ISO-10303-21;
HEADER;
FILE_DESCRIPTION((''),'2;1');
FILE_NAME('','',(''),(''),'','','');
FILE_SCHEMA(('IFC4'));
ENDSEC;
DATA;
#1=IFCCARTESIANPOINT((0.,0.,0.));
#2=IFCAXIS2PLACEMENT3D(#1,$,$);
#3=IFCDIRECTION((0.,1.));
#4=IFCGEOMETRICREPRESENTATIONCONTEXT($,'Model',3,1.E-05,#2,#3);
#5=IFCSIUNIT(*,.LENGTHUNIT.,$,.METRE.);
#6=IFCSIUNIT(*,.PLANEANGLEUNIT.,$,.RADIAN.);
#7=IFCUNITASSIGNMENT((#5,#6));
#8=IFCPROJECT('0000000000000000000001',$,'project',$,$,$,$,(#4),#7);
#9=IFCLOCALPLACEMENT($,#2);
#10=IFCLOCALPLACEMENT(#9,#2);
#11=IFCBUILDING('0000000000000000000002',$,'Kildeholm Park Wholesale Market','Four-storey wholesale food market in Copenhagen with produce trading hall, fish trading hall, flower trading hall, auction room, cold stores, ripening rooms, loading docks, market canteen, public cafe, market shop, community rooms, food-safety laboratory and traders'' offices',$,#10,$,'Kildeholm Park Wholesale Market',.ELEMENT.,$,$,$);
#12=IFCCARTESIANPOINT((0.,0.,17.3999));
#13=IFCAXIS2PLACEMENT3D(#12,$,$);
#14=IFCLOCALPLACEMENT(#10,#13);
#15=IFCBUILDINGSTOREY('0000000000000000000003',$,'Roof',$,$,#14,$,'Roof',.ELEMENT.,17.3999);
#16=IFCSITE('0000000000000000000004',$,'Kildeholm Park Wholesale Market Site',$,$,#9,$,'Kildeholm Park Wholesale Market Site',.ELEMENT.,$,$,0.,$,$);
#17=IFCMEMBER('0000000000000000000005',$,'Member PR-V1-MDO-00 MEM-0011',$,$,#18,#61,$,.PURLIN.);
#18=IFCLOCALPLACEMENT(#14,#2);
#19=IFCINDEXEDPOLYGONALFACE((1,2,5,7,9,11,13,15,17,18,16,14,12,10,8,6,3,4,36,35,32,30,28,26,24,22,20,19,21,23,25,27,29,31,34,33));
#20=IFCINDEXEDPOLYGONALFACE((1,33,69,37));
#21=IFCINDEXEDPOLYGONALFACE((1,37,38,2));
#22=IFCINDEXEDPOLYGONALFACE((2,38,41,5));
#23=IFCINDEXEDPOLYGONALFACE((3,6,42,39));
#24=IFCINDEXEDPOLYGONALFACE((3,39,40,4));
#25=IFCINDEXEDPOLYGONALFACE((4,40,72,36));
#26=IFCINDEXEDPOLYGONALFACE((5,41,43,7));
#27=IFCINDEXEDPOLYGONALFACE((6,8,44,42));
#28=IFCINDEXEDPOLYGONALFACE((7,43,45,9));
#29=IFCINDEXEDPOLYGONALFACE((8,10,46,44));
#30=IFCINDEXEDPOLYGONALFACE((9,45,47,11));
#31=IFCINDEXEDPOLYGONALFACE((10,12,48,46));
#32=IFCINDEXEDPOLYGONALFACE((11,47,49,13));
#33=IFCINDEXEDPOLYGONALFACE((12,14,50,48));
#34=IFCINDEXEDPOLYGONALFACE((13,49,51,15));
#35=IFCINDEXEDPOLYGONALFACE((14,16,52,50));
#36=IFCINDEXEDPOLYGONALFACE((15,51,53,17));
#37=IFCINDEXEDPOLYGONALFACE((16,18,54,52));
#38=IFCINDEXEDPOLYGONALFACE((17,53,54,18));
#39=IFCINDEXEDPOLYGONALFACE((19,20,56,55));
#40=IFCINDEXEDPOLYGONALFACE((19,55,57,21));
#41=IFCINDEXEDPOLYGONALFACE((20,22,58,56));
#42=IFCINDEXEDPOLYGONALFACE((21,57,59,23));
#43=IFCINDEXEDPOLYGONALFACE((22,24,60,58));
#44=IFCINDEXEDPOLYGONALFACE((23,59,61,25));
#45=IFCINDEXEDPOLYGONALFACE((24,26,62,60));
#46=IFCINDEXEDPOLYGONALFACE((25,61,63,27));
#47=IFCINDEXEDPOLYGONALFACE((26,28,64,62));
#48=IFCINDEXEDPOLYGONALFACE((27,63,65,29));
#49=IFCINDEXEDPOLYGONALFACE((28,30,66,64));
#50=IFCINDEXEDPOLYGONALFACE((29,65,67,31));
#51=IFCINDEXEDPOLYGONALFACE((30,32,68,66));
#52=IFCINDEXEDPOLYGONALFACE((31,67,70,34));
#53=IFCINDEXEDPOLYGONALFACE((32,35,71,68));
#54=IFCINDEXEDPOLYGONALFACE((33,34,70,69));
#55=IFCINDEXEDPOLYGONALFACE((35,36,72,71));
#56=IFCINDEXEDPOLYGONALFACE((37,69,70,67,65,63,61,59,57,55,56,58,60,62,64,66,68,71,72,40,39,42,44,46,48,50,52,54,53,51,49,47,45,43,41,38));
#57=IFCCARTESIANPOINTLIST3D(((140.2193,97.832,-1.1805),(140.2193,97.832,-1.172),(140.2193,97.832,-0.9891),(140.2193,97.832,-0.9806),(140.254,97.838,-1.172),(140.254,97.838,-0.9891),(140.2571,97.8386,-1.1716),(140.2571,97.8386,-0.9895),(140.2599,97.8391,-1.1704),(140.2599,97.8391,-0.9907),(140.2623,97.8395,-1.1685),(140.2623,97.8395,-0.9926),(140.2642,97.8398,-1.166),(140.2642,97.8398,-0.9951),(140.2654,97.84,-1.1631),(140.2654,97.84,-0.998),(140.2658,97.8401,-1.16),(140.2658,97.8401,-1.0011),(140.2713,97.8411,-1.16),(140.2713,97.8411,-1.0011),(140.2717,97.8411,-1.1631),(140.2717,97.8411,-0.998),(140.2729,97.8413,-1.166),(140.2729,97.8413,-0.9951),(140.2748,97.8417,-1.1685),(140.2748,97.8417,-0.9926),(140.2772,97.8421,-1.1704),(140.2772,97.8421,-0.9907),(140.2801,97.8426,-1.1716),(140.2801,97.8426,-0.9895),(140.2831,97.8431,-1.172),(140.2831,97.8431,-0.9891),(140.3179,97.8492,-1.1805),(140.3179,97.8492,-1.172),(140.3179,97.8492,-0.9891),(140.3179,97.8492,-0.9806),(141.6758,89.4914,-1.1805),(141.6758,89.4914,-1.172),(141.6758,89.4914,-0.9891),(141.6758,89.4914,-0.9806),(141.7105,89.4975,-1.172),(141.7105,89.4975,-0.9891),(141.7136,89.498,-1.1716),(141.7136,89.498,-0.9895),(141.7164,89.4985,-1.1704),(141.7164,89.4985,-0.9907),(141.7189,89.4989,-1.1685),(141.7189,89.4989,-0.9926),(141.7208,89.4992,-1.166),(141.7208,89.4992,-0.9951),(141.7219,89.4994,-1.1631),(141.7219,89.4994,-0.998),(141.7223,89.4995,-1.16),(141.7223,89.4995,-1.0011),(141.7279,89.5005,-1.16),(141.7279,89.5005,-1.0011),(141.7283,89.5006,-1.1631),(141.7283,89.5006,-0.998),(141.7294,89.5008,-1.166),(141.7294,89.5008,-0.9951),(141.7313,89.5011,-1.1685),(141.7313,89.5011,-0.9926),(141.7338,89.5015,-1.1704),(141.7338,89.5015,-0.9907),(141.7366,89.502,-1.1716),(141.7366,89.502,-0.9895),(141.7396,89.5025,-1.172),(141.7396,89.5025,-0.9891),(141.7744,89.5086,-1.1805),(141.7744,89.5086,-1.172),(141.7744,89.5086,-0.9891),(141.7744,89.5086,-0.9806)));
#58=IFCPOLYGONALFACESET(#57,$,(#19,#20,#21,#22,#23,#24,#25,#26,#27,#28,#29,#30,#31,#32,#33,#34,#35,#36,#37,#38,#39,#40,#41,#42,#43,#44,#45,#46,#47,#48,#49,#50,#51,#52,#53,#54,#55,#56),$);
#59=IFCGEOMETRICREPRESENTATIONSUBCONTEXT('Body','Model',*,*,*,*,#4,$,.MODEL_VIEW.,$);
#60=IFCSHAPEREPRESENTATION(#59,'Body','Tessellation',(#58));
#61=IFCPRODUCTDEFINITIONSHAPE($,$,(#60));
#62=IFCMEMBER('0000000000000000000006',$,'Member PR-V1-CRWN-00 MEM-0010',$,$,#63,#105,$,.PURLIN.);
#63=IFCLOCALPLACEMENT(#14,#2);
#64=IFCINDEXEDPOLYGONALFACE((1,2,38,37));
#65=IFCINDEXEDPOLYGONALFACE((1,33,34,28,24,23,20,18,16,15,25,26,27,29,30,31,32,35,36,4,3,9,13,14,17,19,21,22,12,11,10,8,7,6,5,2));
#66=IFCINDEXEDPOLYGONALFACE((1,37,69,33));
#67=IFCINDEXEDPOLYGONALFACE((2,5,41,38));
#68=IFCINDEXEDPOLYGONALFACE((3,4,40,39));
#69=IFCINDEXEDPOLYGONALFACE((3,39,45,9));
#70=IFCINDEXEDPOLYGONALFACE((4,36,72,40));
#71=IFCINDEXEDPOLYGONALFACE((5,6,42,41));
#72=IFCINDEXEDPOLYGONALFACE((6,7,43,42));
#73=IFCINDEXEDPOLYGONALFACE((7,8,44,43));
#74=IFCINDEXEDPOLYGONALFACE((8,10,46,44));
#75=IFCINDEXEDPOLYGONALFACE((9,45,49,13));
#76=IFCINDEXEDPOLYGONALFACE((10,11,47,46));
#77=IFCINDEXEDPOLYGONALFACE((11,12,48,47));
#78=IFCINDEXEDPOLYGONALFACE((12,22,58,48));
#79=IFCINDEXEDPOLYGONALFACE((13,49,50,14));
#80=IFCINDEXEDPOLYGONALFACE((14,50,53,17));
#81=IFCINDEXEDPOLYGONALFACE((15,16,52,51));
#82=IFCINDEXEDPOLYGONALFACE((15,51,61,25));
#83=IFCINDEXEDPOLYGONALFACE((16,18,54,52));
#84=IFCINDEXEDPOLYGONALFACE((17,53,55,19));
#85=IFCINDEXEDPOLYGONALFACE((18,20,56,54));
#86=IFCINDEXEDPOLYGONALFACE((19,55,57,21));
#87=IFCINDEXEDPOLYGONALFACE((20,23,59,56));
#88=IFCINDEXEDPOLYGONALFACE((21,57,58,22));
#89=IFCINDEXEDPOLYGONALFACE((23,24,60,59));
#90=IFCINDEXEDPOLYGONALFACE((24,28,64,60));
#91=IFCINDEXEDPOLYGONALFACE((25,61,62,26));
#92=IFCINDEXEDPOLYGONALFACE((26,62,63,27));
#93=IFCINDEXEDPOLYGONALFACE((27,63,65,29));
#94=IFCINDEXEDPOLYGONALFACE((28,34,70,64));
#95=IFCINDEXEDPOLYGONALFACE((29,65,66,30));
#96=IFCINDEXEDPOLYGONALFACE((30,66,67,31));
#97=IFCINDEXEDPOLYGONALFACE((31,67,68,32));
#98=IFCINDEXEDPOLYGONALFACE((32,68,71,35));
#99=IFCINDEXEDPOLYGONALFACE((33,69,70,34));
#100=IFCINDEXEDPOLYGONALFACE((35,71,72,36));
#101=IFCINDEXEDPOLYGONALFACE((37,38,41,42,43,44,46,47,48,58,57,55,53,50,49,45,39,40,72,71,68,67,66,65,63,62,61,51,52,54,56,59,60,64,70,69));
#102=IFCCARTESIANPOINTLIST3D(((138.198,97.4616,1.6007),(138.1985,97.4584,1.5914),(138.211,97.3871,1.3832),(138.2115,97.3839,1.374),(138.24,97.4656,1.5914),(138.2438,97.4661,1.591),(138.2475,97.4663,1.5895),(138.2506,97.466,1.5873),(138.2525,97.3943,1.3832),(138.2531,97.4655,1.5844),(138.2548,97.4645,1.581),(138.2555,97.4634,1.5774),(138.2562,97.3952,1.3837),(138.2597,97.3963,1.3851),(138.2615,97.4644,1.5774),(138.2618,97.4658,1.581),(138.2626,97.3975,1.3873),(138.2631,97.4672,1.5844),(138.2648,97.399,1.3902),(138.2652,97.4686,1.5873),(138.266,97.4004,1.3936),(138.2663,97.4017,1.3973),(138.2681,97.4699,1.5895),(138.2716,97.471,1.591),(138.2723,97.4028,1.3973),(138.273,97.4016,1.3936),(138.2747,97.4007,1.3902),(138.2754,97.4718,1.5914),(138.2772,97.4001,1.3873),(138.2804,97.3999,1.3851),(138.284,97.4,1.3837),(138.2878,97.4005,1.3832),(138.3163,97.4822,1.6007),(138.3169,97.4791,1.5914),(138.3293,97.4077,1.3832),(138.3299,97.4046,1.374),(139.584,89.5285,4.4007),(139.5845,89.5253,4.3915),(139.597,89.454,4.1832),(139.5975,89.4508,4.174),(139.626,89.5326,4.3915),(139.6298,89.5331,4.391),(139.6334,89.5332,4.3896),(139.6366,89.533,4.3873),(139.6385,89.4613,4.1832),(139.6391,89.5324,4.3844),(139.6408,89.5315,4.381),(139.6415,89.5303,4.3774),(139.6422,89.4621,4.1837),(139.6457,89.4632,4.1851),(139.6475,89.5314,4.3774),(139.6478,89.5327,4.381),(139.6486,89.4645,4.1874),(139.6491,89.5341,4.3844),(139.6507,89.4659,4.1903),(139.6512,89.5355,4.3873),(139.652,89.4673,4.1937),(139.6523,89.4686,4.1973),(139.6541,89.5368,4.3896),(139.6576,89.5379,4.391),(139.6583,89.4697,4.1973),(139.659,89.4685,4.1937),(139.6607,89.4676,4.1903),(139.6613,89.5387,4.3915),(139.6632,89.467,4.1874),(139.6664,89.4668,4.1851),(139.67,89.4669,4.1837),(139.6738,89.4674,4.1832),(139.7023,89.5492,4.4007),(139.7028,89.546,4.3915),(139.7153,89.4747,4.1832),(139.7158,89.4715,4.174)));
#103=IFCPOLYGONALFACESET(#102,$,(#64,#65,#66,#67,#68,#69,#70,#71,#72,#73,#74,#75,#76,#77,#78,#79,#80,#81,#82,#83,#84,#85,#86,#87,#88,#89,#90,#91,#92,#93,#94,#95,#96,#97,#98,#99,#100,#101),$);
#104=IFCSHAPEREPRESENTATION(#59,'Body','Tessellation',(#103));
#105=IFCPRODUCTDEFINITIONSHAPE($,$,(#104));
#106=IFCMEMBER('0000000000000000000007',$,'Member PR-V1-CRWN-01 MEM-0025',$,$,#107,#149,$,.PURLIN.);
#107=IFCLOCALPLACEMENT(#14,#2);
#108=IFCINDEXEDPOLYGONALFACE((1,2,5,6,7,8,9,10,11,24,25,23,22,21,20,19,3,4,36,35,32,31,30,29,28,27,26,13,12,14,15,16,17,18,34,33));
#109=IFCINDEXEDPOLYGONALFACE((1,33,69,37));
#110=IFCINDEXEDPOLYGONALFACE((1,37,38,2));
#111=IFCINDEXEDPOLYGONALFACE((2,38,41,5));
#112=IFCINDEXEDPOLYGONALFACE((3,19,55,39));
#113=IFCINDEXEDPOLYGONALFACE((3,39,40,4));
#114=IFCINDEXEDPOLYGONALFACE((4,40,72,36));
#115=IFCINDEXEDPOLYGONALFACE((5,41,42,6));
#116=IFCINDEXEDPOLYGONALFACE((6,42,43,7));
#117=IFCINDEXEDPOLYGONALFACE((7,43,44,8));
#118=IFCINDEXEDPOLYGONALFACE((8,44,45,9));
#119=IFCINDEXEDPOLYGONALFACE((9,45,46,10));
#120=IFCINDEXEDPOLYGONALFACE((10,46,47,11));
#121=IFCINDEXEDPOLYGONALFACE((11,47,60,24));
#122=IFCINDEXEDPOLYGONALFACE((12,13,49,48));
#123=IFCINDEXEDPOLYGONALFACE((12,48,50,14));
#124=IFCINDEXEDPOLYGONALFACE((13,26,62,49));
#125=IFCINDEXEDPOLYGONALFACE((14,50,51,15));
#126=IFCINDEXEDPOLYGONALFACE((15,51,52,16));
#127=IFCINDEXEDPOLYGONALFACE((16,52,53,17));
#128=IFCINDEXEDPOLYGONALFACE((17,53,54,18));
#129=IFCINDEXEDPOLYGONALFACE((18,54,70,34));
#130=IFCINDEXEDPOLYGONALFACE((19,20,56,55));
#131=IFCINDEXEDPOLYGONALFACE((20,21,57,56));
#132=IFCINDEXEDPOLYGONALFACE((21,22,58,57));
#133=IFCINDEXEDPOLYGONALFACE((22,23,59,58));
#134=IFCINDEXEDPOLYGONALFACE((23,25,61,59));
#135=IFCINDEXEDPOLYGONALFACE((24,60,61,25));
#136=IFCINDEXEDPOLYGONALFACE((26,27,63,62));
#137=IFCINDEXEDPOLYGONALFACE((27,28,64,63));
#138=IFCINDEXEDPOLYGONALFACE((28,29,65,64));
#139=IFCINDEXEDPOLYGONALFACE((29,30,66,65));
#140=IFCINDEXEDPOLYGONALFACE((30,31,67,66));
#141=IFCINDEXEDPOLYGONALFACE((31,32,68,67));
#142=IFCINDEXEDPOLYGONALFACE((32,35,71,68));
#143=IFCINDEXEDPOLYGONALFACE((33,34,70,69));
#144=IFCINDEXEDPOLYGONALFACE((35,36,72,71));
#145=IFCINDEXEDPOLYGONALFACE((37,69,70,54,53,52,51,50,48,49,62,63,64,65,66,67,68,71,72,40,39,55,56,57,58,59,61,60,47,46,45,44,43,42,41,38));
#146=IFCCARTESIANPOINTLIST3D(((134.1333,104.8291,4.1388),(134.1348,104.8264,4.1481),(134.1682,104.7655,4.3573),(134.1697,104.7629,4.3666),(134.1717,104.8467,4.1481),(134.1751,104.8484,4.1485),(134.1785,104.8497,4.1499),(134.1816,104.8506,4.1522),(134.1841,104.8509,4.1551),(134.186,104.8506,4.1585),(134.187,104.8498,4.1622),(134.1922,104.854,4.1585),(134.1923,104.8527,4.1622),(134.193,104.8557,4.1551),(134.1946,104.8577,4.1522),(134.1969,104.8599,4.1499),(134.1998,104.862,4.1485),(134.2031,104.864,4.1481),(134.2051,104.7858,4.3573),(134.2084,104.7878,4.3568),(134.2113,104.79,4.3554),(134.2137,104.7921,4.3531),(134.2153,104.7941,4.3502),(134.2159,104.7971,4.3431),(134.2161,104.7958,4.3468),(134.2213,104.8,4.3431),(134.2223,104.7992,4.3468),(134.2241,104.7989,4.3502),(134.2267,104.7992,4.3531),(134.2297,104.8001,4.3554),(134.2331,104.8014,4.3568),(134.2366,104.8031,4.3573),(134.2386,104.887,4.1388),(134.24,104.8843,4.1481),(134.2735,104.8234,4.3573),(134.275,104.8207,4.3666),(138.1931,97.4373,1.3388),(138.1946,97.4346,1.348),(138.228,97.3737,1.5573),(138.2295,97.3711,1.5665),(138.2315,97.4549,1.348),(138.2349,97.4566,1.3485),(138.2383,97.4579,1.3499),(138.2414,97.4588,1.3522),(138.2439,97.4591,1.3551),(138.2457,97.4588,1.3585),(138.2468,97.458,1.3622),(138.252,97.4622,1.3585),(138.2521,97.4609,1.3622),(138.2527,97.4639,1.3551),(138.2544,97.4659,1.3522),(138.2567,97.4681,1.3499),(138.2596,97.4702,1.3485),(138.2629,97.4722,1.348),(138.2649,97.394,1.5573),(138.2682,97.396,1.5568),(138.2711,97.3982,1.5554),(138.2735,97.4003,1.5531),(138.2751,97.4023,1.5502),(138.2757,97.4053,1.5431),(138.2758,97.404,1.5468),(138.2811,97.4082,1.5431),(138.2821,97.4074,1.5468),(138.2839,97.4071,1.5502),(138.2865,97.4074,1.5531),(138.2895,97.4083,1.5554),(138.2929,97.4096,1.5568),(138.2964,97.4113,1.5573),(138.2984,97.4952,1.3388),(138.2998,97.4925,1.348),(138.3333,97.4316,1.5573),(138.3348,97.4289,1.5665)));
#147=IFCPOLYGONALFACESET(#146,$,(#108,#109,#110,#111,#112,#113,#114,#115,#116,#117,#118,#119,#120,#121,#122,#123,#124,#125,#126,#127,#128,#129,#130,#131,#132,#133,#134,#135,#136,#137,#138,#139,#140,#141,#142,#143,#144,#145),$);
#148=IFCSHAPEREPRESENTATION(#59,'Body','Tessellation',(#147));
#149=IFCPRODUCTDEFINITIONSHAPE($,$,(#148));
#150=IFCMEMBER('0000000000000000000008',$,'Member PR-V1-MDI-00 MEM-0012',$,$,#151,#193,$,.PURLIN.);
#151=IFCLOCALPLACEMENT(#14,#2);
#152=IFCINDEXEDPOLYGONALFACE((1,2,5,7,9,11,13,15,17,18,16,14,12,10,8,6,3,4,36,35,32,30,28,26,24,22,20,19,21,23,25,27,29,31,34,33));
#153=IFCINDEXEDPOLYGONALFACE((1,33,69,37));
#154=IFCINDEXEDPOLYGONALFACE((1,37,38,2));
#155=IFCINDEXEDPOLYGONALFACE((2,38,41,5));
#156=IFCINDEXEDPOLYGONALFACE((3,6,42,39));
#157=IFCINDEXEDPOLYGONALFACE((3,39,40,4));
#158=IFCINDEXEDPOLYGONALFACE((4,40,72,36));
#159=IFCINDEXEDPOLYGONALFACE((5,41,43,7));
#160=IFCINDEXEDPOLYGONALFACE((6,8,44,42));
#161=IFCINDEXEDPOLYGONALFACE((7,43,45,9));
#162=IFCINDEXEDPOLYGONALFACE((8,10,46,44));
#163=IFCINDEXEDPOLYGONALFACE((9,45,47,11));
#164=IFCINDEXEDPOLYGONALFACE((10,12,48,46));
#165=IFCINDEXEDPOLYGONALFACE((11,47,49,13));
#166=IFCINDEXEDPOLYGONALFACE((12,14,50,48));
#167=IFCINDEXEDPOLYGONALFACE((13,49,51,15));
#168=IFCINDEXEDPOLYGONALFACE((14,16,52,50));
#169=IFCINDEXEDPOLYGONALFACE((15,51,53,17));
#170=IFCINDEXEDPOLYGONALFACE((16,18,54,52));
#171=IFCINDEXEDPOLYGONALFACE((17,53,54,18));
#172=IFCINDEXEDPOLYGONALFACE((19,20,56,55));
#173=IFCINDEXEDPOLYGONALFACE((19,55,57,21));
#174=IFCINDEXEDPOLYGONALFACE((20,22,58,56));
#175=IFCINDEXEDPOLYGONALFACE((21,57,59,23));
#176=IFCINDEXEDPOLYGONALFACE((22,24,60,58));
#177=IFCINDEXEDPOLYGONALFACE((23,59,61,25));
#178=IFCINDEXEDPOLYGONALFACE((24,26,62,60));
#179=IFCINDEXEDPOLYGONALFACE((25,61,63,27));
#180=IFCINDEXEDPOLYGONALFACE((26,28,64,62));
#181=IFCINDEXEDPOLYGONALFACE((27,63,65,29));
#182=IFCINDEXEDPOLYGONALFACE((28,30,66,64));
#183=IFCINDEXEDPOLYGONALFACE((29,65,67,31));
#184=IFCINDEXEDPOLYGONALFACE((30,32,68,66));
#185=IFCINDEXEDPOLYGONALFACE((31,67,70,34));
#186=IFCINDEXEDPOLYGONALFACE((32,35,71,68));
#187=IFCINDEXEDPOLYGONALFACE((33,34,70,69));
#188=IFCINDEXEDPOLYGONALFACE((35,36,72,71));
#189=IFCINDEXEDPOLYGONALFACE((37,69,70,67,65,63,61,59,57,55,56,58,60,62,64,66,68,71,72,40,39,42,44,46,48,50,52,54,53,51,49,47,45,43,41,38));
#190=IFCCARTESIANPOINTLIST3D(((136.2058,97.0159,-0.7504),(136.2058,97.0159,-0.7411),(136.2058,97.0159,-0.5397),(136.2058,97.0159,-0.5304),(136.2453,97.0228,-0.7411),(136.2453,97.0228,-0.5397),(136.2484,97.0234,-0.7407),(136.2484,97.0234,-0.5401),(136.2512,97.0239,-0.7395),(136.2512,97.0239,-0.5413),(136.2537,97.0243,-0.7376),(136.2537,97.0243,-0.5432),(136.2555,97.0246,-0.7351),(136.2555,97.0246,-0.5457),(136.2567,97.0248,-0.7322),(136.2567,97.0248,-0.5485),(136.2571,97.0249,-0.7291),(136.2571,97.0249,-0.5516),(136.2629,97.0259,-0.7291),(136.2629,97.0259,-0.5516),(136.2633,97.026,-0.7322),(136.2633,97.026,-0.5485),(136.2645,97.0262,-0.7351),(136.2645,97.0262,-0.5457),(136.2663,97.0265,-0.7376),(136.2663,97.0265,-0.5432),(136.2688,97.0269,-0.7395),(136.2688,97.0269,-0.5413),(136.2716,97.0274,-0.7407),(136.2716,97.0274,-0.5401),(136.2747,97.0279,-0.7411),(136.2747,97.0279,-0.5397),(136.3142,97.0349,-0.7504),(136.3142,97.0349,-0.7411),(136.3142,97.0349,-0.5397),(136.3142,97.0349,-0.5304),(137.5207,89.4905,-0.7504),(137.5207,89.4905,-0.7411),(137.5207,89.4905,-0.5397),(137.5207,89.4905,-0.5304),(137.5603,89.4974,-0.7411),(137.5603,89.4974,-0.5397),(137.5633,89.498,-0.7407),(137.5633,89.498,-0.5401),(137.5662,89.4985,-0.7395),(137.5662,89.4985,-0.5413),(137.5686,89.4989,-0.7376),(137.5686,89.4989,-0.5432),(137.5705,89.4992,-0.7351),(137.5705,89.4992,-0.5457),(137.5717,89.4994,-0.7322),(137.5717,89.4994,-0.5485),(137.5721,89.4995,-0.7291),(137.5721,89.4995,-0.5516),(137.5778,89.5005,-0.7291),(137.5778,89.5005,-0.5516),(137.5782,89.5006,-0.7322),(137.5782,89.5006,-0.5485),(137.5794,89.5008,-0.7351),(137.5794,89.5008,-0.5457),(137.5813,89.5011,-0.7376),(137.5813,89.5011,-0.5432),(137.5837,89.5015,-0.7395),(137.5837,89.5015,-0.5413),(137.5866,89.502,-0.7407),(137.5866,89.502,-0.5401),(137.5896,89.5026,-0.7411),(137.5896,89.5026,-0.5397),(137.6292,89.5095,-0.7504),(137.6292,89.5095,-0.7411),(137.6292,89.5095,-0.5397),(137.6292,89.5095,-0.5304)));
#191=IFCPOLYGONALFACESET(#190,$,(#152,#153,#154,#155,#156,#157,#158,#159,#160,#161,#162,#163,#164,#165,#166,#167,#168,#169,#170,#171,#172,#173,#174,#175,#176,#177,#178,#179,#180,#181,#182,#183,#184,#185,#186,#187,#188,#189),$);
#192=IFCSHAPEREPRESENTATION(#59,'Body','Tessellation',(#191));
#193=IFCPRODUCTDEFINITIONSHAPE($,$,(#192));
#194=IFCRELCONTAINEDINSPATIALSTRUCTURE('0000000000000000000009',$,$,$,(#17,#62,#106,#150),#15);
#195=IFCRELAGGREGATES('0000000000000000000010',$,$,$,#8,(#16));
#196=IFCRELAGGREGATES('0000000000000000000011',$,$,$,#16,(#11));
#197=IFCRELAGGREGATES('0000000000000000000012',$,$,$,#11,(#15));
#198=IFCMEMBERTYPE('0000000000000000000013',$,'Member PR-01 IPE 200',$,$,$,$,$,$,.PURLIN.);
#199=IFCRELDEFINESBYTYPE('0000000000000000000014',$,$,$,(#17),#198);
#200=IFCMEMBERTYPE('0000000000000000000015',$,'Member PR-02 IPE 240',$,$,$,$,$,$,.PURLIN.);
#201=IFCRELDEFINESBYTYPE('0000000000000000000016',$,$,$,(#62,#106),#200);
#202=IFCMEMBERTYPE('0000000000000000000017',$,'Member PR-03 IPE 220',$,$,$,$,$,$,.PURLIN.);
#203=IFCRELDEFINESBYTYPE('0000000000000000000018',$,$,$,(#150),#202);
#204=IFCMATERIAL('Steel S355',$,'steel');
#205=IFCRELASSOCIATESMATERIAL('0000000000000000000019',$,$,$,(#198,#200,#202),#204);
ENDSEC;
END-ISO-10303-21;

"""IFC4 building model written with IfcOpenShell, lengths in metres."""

from ifc_helpers import new_model, si_unit, direction, frame, origin, origin_2d, place, context, subcontext, project, spatial, i_section, extrude, material, material_profile, profile_set, type_object, element, save


model = new_model("IFC4")

# Units and contexts
model_context = context("Model", 3, precision=1e-05, world=origin(), true_north=direction((0.0, 1.0)))
body_context = subcontext(model_context, "Body", "Model", "MODEL_VIEW")
ifc_project = project(units=[si_unit("LENGTHUNIT", "METRE"), si_unit("PLANEANGLEUNIT", "RADIAN")], contexts=[model_context])

# Site, building, storey
site_placement = place(None, origin())
site = spatial("IfcSite", under=ifc_project, at=site_placement, Name="Kildeholm Park Wholesale Market Site", LongName="Kildeholm Park Wholesale Market Site", CompositionType="ELEMENT", RefElevation=0.0)
building_placement = place(site_placement, origin())
building = spatial("IfcBuilding", under=site, at=building_placement, Name="Kildeholm Park Wholesale Market", Description="Four-storey wholesale food market in Copenhagen with produce trading hall, fish trading hall, flower trading hall, auction room, cold stores, ripening rooms, loading docks, market canteen, public cafe, market shop, community rooms, food-safety laboratory and traders' offices", LongName="Kildeholm Park Wholesale Market", CompositionType="ELEMENT")
storey_placement = place(building_placement, frame((0.0, 0.0, 17.3999)))
storey = spatial("IfcBuildingStorey", under=building, at=storey_placement, Name="Roof", LongName="Roof", CompositionType="ELEMENT", Elevation=17.3999)

# Members
ifc_material_1 = material(Name="Steel S355", Category="steel")
ifc_material_profile_1 = material_profile(ifc_material_1, i_section(OverallWidth=0.1001, OverallDepth=0.2, WebThickness=0.0056, FlangeThickness=0.0085, FilletRadius=0.012, at=origin_2d()), Name="IPE 200")
ifc_profile_set_1 = profile_set([ifc_material_profile_1], Name="Steel S355")
member_type_1 = type_object("IfcMemberType", Name="Member PR-01 IPE 200", PredefinedType="PURLIN", material=ifc_profile_set_1)
member_1_placement = place(storey_placement, frame((141.7251, 89.5, -1.0806), z_axis=(-0.17203, 0.985092, 0.0), x_axis=(-0.985092, -0.17203, 0.0)))
element("IfcMember", 1, at=member_1_placement, inside=storey, type_object=member_type_1, Name="Member PR-V1-MDO-00 MEM-0011", PredefinedType="PURLIN", context=body_context, shape_type="SweptSolid", body=[
    extrude(i_section(OverallWidth=0.1001, OverallDepth=0.2, WebThickness=0.0056, FlangeThickness=0.0085, FilletRadius=0.012, at=origin_2d()), origin(), (0.0, 0.0, 1.0), 8.4668),
])
ifc_material_profile_2 = material_profile(ifc_material_1, i_section(OverallWidth=0.1201, OverallDepth=0.24, WebThickness=0.0061, FlangeThickness=0.0098, FilletRadius=0.0149, at=origin_2d()), Name="IPE 240")
ifc_profile_set_2 = profile_set([ifc_material_profile_2], Name="Steel S355")
member_type_2 = type_object("IfcMemberType", Name="Member PR-02 IPE 240", PredefinedType="PURLIN", material=ifc_profile_set_2)
member_2_placement = place(storey_placement, frame((139.6499, 89.5, 4.2874), z_axis=(-0.162557, 0.930443, -0.328407), x_axis=(-0.985079, -0.172102, 0.0)))
element("IfcMember", 2, at=member_2_placement, inside=storey, type_object=member_type_2, Name="Member PR-V1-CRWN-00 MEM-0010", PredefinedType="PURLIN", context=body_context, shape_type="SweptSolid", body=[
    extrude(i_section(OverallWidth=0.1201, OverallDepth=0.24, WebThickness=0.0061, FlangeThickness=0.0098, FilletRadius=0.0149, at=origin_2d()), origin(), (0.0, 0.0, 1.0), 8.5261),
])
member_3_placement = place(storey_placement, frame((138.2639, 97.4331, 1.4526), z_axis=(-0.456875, 0.831849, 0.315106), x_axis=(-0.876501, -0.4814, 0.0)))
element("IfcMember", 3, at=member_3_placement, inside=storey, type_object=member_type_2, Name="Member PR-V1-CRWN-01 MEM-0025", PredefinedType="PURLIN", context=body_context, shape_type="SweptSolid", body=[
    extrude(i_section(OverallWidth=0.1201, OverallDepth=0.24, WebThickness=0.0061, FlangeThickness=0.0098, FilletRadius=0.0149, at=origin_2d()), origin(), (0.0, 0.0, 1.0), 8.886),
])
ifc_material_profile_3 = material_profile(ifc_material_1, i_section(OverallWidth=0.1101, OverallDepth=0.22, WebThickness=0.0059, FlangeThickness=0.0093, FilletRadius=0.012, at=origin_2d()), Name="IPE 220")
ifc_profile_set_3 = profile_set([ifc_material_profile_3], Name="Steel S355")
member_type_3 = type_object("IfcMemberType", Name="Member PR-03 IPE 220", PredefinedType="PURLIN", material=ifc_profile_set_3)
member_4_placement = place(storey_placement, frame((137.575, 89.5, -0.6404), z_axis=(-0.172126, 0.985075, 0.0), x_axis=(-0.985075, -0.172126, 0.0)))
element("IfcMember", 4, at=member_4_placement, inside=storey, type_object=member_type_3, Name="Member PR-V1-MDI-00 MEM-0012", PredefinedType="PURLIN", context=body_context, shape_type="SweptSolid", body=[
    extrude(i_section(OverallWidth=0.1101, OverallDepth=0.22, WebThickness=0.0059, FlangeThickness=0.0093, FilletRadius=0.012, at=origin_2d()), origin(), (0.0, 0.0, 1.0), 7.6394),
])

save(model, "model.ifc")
